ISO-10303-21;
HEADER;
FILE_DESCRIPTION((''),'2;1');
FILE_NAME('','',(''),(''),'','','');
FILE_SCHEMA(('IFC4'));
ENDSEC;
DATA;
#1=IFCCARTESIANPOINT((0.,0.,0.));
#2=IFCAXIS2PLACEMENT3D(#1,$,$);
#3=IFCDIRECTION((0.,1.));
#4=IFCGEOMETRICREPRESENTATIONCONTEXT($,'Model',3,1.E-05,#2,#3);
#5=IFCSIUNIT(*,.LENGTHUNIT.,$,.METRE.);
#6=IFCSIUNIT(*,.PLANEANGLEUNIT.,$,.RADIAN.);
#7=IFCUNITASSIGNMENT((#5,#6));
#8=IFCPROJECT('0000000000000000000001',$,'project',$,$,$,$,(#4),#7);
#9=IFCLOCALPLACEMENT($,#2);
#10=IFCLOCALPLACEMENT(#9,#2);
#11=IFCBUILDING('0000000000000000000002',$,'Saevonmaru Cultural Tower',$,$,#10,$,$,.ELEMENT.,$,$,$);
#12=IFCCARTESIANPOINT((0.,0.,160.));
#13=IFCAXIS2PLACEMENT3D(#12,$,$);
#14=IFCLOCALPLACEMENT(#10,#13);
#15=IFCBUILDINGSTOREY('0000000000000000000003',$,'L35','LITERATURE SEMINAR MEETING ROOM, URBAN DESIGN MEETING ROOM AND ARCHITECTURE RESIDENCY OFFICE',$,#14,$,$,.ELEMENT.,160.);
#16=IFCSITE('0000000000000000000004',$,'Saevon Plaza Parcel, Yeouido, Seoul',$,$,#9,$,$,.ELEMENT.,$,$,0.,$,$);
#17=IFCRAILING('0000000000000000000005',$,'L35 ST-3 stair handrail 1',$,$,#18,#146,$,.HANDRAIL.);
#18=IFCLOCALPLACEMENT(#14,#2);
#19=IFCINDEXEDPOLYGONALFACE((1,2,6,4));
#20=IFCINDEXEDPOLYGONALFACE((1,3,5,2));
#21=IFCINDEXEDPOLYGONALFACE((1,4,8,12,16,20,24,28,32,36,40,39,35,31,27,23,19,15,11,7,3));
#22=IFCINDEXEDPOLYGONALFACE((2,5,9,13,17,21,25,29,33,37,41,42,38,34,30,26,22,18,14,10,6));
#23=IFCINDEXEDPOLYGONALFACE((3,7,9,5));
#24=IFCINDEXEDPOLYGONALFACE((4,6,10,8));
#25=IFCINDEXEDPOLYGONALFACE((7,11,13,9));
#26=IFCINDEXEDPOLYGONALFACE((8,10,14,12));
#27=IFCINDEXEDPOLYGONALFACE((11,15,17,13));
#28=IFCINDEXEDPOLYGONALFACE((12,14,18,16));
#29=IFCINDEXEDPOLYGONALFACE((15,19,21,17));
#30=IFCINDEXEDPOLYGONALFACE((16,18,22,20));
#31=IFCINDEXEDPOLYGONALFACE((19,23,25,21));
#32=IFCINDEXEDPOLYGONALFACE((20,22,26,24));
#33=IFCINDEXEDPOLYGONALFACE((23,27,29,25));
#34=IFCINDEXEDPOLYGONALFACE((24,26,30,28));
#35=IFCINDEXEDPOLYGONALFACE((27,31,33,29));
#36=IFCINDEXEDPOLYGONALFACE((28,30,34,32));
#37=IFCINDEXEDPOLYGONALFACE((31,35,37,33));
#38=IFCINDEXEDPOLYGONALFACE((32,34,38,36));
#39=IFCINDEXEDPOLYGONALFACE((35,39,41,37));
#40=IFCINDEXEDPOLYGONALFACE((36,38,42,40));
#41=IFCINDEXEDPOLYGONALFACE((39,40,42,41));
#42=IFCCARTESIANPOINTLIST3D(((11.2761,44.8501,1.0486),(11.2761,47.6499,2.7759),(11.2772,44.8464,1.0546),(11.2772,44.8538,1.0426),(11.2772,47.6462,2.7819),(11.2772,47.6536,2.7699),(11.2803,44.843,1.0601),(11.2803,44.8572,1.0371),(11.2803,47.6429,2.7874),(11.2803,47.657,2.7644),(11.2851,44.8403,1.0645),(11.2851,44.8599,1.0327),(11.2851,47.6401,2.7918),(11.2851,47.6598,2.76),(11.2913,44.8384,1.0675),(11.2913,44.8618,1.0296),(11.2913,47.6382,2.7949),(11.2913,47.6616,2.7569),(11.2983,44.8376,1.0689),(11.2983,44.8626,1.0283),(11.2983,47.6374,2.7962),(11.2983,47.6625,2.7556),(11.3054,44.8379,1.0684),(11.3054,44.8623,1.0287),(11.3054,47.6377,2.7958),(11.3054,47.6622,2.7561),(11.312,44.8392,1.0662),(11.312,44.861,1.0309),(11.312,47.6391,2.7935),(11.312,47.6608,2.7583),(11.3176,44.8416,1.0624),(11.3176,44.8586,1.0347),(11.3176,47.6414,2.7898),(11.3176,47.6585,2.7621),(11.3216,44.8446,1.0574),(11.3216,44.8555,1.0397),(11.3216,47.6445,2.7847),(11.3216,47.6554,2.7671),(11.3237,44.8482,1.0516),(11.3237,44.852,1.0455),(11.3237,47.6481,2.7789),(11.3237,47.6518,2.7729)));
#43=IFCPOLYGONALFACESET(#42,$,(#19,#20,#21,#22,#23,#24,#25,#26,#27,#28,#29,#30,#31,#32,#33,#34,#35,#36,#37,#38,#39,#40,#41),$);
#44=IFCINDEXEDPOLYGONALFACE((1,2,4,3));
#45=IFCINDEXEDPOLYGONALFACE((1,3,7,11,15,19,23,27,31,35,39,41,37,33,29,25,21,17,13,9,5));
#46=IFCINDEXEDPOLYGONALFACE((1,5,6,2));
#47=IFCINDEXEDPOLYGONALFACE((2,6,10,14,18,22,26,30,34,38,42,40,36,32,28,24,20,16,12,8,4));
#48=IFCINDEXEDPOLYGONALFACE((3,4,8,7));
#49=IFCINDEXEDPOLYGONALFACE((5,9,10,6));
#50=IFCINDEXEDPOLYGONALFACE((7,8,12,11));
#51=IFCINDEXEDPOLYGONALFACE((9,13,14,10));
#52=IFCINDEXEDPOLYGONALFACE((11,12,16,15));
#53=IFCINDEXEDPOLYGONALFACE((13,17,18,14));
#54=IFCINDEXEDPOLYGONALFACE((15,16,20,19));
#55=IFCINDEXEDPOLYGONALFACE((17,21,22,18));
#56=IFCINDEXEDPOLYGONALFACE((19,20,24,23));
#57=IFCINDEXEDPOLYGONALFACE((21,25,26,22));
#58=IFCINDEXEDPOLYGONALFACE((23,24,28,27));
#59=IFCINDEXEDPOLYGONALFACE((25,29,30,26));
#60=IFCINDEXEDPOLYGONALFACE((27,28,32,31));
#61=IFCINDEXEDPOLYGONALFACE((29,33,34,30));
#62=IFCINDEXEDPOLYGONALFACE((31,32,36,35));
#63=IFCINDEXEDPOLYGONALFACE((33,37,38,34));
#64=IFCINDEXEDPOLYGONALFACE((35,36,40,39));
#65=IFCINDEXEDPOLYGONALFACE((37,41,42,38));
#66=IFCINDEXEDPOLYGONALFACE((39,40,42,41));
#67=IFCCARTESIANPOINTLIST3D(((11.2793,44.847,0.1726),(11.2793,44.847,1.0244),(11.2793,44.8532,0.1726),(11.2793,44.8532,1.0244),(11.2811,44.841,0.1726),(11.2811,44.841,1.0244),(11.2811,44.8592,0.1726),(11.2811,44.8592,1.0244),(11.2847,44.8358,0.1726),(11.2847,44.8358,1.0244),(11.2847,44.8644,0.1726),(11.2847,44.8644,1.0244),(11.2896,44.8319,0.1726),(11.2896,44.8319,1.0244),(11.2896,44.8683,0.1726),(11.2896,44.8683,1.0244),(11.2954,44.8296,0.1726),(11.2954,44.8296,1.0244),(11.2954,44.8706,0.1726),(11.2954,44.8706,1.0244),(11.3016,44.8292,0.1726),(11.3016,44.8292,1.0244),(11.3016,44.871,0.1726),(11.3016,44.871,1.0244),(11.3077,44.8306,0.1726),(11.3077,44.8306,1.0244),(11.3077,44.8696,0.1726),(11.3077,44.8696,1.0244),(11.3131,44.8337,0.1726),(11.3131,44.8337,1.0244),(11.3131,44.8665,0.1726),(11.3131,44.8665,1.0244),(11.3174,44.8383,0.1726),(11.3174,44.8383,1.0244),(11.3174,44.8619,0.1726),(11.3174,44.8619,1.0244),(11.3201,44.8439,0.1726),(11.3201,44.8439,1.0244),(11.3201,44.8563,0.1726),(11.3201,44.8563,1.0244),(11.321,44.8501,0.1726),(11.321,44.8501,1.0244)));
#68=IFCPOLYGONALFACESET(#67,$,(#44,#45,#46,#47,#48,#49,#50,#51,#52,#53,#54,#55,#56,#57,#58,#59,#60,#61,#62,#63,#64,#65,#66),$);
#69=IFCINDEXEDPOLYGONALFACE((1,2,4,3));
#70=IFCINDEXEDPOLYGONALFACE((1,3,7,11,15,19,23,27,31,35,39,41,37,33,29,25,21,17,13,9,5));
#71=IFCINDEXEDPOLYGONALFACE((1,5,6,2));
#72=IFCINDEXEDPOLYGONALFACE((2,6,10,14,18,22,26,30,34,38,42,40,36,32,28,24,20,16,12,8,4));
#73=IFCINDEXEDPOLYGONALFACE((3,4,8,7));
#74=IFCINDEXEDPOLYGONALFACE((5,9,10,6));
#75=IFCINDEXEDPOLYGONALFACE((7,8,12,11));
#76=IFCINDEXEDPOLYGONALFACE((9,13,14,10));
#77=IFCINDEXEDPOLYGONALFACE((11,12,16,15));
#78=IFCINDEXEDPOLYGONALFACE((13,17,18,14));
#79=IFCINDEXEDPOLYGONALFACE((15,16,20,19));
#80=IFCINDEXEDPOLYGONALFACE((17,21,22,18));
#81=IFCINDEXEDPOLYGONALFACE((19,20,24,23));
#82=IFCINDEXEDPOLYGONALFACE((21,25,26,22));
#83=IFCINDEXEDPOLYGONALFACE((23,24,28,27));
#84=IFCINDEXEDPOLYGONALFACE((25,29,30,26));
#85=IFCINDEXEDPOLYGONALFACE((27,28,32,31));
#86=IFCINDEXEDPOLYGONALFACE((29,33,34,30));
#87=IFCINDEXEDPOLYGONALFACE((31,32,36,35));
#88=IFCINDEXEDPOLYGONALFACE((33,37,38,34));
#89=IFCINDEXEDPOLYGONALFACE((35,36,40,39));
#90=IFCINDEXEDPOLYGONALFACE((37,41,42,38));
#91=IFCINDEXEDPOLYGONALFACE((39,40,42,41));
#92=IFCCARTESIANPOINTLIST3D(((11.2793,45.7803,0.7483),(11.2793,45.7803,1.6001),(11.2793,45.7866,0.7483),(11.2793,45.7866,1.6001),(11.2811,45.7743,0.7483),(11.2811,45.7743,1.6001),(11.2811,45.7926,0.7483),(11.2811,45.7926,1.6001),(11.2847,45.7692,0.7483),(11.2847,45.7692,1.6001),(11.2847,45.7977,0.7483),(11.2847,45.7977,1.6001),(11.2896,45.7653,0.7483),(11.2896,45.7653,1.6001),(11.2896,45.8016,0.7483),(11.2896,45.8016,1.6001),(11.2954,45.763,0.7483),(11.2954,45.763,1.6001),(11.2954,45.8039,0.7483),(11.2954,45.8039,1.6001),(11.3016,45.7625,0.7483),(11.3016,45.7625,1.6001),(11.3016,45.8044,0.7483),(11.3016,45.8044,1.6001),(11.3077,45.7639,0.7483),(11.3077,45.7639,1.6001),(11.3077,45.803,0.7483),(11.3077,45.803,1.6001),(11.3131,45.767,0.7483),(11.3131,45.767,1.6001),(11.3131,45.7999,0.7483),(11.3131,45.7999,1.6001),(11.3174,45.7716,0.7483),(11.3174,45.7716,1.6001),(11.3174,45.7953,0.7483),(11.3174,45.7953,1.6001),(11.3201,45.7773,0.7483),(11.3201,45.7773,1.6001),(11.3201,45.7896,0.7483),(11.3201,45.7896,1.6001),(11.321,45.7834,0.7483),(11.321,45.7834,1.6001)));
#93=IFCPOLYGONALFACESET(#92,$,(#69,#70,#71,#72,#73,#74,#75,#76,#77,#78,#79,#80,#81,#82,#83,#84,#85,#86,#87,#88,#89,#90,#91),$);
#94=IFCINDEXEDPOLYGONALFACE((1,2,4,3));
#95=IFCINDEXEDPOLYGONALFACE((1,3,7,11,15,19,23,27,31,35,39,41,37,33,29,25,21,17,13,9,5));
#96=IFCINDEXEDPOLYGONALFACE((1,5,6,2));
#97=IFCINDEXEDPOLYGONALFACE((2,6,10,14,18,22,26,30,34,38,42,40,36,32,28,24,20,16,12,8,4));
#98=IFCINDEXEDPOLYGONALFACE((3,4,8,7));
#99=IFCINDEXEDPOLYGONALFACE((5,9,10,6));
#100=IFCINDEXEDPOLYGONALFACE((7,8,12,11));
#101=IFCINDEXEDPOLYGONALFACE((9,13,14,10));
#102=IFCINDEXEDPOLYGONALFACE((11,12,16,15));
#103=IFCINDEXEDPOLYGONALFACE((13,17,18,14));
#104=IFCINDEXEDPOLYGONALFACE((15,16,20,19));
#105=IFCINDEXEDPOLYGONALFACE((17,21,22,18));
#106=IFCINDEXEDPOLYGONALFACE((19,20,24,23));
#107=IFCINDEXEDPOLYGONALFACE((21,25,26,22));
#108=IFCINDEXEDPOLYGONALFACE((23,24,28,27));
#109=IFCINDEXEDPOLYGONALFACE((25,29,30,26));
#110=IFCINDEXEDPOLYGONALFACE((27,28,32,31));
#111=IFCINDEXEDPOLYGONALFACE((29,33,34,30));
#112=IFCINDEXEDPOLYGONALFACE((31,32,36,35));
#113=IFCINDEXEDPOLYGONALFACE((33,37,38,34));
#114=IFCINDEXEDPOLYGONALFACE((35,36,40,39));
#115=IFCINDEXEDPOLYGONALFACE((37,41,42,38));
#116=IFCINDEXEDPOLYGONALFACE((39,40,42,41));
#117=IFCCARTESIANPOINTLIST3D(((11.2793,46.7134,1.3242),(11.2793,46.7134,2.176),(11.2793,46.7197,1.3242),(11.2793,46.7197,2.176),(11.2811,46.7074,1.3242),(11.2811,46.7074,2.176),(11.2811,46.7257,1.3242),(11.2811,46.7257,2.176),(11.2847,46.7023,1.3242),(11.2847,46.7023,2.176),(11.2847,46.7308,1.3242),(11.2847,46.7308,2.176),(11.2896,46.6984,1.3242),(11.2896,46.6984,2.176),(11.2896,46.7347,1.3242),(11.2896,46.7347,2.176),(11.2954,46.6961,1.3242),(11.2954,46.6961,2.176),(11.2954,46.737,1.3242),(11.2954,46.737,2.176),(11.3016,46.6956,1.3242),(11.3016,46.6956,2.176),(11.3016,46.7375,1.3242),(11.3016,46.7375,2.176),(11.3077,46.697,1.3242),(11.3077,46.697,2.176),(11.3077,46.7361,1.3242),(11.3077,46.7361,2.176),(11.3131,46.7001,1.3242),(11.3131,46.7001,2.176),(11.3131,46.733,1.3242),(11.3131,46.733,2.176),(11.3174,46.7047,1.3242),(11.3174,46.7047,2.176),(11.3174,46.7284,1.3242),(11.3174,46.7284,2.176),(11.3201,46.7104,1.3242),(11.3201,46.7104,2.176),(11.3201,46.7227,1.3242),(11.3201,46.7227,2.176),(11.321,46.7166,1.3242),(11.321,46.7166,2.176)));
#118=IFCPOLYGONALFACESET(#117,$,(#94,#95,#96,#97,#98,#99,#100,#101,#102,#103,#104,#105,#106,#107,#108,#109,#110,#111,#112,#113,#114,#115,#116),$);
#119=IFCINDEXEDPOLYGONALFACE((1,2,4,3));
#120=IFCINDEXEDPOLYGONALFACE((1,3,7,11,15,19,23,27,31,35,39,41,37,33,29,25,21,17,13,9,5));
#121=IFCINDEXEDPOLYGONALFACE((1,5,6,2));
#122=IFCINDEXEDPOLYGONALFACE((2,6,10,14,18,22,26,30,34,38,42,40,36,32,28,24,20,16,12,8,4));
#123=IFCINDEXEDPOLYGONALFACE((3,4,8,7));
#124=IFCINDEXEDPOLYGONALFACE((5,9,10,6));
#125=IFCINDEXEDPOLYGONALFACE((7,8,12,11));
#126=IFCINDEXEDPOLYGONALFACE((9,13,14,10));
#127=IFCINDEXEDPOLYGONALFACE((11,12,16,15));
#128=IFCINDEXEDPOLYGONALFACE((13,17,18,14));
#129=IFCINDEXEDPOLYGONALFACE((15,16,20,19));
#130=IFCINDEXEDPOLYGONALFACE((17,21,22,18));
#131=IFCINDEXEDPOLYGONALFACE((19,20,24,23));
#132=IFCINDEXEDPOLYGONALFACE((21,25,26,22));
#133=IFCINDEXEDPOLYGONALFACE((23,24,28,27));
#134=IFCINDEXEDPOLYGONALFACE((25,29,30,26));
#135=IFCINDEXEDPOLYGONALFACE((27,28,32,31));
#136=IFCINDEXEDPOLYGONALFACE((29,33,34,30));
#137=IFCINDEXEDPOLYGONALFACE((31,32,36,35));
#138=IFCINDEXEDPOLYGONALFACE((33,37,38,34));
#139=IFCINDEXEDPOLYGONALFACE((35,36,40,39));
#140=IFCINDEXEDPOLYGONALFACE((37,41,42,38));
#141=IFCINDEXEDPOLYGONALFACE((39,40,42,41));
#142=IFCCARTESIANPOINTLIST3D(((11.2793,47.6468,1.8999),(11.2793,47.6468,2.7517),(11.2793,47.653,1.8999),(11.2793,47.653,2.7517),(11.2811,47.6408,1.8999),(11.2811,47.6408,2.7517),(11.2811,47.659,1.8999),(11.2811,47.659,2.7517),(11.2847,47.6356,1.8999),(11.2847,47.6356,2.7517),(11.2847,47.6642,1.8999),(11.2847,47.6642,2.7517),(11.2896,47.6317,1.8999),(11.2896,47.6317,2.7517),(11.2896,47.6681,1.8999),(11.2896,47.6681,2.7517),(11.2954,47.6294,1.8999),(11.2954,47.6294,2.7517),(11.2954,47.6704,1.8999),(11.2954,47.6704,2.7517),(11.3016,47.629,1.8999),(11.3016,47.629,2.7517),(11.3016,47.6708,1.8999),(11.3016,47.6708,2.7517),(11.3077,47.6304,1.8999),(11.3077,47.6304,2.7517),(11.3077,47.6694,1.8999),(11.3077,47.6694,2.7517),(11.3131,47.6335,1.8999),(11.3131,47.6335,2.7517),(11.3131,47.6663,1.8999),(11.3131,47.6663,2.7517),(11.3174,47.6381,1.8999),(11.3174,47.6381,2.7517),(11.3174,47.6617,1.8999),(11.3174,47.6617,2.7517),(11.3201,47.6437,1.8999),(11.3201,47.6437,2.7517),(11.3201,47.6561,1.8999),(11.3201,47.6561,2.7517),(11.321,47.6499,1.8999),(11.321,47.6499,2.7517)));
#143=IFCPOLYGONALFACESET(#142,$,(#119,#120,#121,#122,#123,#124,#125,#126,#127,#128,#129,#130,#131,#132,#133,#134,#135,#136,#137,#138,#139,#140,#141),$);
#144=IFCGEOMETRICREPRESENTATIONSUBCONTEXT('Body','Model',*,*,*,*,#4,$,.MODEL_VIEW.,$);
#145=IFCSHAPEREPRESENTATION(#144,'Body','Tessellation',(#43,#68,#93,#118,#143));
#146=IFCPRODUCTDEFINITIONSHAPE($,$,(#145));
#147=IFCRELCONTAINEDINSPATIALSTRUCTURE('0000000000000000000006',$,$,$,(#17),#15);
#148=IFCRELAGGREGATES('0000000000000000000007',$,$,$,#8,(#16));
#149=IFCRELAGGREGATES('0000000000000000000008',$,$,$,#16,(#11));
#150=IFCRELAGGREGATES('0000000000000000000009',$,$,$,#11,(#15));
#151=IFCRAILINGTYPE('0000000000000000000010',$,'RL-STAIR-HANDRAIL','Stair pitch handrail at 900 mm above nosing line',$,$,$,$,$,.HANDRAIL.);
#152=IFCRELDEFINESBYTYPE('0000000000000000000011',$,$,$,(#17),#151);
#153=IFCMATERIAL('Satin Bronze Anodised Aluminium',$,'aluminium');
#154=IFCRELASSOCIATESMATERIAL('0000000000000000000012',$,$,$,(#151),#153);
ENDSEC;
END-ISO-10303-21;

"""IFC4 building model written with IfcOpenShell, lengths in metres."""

from ifc_helpers import new_model, si_unit, direction, frame, origin, origin_2d, place, context, subcontext, project, spatial, circle, extrude, material, type_object, element, save


model = new_model("IFC4")

# Units and contexts
model_context = context("Model", 3, precision=1e-05, world=origin(), true_north=direction((0.0, 1.0)))
body_context = subcontext(model_context, "Body", "Model", "MODEL_VIEW")
ifc_project = project(units=[si_unit("LENGTHUNIT", "METRE"), si_unit("PLANEANGLEUNIT", "RADIAN")], contexts=[model_context])

# Site, building, storey
site_placement = place(None, origin())
site = spatial("IfcSite", under=ifc_project, at=site_placement, Name="Saevon Plaza Parcel, Yeouido, Seoul", CompositionType="ELEMENT", RefElevation=0.0)
building_placement = place(site_placement, origin())
building = spatial("IfcBuilding", under=site, at=building_placement, Name="Saevonmaru Cultural Tower", CompositionType="ELEMENT")
storey_placement = place(building_placement, frame((0.0, 0.0, 160.0)))
storey = spatial("IfcBuildingStorey", under=building, at=storey_placement, Name="L35", Description="LITERATURE SEMINAR MEETING ROOM, URBAN DESIGN MEETING ROOM AND ARCHITECTURE RESIDENCY OFFICE", CompositionType="ELEMENT", Elevation=160.0)

# Shared definitions
ifc_material_1 = material(Name="Satin Bronze Anodised Aluminium", Category="aluminium")

# Railing
railing_type_1 = type_object("IfcRailingType", Name="RL-STAIR-HANDRAIL", Description="Stair pitch handrail at 900 mm above nosing line", PredefinedType="HANDRAIL", material=ifc_material_1)
railing_1_placement = place(storey_placement, frame((11.3, 44.8501, 0.1726)))
element("IfcRailing", 1, at=railing_1_placement, inside=storey, type_object=railing_type_1, Name="L35 ST-3 stair handrail 1", PredefinedType="HANDRAIL", context=body_context, shape_type="SweptSolid", body=[
    extrude(circle(Radius=0.0239, at=origin_2d()), frame((0.0, 0.0, 0.876), z_axis=(0.0, 0.851069, 0.525054), x_axis=(-1.0, 0.0, 0.0)), (0.0, 0.0, 1.0), 3.2898),
    extrude(circle(Radius=0.021, at=origin_2d()), origin(), (0.0, 0.0, 1.0), 0.8518),
    extrude(circle(Radius=0.021, at=origin_2d()), frame((0.0, 0.9333, 0.5757)), (0.0, 0.0, 1.0), 0.8518),
    extrude(circle(Radius=0.021, at=origin_2d()), frame((0.0, 1.8665, 1.1516)), (0.0, 0.0, 1.0), 0.8518),
    extrude(circle(Radius=0.021, at=origin_2d()), frame((0.0, 2.7998, 1.7273)), (0.0, 0.0, 1.0), 0.8518),
])

save(model, "model.ifc")
